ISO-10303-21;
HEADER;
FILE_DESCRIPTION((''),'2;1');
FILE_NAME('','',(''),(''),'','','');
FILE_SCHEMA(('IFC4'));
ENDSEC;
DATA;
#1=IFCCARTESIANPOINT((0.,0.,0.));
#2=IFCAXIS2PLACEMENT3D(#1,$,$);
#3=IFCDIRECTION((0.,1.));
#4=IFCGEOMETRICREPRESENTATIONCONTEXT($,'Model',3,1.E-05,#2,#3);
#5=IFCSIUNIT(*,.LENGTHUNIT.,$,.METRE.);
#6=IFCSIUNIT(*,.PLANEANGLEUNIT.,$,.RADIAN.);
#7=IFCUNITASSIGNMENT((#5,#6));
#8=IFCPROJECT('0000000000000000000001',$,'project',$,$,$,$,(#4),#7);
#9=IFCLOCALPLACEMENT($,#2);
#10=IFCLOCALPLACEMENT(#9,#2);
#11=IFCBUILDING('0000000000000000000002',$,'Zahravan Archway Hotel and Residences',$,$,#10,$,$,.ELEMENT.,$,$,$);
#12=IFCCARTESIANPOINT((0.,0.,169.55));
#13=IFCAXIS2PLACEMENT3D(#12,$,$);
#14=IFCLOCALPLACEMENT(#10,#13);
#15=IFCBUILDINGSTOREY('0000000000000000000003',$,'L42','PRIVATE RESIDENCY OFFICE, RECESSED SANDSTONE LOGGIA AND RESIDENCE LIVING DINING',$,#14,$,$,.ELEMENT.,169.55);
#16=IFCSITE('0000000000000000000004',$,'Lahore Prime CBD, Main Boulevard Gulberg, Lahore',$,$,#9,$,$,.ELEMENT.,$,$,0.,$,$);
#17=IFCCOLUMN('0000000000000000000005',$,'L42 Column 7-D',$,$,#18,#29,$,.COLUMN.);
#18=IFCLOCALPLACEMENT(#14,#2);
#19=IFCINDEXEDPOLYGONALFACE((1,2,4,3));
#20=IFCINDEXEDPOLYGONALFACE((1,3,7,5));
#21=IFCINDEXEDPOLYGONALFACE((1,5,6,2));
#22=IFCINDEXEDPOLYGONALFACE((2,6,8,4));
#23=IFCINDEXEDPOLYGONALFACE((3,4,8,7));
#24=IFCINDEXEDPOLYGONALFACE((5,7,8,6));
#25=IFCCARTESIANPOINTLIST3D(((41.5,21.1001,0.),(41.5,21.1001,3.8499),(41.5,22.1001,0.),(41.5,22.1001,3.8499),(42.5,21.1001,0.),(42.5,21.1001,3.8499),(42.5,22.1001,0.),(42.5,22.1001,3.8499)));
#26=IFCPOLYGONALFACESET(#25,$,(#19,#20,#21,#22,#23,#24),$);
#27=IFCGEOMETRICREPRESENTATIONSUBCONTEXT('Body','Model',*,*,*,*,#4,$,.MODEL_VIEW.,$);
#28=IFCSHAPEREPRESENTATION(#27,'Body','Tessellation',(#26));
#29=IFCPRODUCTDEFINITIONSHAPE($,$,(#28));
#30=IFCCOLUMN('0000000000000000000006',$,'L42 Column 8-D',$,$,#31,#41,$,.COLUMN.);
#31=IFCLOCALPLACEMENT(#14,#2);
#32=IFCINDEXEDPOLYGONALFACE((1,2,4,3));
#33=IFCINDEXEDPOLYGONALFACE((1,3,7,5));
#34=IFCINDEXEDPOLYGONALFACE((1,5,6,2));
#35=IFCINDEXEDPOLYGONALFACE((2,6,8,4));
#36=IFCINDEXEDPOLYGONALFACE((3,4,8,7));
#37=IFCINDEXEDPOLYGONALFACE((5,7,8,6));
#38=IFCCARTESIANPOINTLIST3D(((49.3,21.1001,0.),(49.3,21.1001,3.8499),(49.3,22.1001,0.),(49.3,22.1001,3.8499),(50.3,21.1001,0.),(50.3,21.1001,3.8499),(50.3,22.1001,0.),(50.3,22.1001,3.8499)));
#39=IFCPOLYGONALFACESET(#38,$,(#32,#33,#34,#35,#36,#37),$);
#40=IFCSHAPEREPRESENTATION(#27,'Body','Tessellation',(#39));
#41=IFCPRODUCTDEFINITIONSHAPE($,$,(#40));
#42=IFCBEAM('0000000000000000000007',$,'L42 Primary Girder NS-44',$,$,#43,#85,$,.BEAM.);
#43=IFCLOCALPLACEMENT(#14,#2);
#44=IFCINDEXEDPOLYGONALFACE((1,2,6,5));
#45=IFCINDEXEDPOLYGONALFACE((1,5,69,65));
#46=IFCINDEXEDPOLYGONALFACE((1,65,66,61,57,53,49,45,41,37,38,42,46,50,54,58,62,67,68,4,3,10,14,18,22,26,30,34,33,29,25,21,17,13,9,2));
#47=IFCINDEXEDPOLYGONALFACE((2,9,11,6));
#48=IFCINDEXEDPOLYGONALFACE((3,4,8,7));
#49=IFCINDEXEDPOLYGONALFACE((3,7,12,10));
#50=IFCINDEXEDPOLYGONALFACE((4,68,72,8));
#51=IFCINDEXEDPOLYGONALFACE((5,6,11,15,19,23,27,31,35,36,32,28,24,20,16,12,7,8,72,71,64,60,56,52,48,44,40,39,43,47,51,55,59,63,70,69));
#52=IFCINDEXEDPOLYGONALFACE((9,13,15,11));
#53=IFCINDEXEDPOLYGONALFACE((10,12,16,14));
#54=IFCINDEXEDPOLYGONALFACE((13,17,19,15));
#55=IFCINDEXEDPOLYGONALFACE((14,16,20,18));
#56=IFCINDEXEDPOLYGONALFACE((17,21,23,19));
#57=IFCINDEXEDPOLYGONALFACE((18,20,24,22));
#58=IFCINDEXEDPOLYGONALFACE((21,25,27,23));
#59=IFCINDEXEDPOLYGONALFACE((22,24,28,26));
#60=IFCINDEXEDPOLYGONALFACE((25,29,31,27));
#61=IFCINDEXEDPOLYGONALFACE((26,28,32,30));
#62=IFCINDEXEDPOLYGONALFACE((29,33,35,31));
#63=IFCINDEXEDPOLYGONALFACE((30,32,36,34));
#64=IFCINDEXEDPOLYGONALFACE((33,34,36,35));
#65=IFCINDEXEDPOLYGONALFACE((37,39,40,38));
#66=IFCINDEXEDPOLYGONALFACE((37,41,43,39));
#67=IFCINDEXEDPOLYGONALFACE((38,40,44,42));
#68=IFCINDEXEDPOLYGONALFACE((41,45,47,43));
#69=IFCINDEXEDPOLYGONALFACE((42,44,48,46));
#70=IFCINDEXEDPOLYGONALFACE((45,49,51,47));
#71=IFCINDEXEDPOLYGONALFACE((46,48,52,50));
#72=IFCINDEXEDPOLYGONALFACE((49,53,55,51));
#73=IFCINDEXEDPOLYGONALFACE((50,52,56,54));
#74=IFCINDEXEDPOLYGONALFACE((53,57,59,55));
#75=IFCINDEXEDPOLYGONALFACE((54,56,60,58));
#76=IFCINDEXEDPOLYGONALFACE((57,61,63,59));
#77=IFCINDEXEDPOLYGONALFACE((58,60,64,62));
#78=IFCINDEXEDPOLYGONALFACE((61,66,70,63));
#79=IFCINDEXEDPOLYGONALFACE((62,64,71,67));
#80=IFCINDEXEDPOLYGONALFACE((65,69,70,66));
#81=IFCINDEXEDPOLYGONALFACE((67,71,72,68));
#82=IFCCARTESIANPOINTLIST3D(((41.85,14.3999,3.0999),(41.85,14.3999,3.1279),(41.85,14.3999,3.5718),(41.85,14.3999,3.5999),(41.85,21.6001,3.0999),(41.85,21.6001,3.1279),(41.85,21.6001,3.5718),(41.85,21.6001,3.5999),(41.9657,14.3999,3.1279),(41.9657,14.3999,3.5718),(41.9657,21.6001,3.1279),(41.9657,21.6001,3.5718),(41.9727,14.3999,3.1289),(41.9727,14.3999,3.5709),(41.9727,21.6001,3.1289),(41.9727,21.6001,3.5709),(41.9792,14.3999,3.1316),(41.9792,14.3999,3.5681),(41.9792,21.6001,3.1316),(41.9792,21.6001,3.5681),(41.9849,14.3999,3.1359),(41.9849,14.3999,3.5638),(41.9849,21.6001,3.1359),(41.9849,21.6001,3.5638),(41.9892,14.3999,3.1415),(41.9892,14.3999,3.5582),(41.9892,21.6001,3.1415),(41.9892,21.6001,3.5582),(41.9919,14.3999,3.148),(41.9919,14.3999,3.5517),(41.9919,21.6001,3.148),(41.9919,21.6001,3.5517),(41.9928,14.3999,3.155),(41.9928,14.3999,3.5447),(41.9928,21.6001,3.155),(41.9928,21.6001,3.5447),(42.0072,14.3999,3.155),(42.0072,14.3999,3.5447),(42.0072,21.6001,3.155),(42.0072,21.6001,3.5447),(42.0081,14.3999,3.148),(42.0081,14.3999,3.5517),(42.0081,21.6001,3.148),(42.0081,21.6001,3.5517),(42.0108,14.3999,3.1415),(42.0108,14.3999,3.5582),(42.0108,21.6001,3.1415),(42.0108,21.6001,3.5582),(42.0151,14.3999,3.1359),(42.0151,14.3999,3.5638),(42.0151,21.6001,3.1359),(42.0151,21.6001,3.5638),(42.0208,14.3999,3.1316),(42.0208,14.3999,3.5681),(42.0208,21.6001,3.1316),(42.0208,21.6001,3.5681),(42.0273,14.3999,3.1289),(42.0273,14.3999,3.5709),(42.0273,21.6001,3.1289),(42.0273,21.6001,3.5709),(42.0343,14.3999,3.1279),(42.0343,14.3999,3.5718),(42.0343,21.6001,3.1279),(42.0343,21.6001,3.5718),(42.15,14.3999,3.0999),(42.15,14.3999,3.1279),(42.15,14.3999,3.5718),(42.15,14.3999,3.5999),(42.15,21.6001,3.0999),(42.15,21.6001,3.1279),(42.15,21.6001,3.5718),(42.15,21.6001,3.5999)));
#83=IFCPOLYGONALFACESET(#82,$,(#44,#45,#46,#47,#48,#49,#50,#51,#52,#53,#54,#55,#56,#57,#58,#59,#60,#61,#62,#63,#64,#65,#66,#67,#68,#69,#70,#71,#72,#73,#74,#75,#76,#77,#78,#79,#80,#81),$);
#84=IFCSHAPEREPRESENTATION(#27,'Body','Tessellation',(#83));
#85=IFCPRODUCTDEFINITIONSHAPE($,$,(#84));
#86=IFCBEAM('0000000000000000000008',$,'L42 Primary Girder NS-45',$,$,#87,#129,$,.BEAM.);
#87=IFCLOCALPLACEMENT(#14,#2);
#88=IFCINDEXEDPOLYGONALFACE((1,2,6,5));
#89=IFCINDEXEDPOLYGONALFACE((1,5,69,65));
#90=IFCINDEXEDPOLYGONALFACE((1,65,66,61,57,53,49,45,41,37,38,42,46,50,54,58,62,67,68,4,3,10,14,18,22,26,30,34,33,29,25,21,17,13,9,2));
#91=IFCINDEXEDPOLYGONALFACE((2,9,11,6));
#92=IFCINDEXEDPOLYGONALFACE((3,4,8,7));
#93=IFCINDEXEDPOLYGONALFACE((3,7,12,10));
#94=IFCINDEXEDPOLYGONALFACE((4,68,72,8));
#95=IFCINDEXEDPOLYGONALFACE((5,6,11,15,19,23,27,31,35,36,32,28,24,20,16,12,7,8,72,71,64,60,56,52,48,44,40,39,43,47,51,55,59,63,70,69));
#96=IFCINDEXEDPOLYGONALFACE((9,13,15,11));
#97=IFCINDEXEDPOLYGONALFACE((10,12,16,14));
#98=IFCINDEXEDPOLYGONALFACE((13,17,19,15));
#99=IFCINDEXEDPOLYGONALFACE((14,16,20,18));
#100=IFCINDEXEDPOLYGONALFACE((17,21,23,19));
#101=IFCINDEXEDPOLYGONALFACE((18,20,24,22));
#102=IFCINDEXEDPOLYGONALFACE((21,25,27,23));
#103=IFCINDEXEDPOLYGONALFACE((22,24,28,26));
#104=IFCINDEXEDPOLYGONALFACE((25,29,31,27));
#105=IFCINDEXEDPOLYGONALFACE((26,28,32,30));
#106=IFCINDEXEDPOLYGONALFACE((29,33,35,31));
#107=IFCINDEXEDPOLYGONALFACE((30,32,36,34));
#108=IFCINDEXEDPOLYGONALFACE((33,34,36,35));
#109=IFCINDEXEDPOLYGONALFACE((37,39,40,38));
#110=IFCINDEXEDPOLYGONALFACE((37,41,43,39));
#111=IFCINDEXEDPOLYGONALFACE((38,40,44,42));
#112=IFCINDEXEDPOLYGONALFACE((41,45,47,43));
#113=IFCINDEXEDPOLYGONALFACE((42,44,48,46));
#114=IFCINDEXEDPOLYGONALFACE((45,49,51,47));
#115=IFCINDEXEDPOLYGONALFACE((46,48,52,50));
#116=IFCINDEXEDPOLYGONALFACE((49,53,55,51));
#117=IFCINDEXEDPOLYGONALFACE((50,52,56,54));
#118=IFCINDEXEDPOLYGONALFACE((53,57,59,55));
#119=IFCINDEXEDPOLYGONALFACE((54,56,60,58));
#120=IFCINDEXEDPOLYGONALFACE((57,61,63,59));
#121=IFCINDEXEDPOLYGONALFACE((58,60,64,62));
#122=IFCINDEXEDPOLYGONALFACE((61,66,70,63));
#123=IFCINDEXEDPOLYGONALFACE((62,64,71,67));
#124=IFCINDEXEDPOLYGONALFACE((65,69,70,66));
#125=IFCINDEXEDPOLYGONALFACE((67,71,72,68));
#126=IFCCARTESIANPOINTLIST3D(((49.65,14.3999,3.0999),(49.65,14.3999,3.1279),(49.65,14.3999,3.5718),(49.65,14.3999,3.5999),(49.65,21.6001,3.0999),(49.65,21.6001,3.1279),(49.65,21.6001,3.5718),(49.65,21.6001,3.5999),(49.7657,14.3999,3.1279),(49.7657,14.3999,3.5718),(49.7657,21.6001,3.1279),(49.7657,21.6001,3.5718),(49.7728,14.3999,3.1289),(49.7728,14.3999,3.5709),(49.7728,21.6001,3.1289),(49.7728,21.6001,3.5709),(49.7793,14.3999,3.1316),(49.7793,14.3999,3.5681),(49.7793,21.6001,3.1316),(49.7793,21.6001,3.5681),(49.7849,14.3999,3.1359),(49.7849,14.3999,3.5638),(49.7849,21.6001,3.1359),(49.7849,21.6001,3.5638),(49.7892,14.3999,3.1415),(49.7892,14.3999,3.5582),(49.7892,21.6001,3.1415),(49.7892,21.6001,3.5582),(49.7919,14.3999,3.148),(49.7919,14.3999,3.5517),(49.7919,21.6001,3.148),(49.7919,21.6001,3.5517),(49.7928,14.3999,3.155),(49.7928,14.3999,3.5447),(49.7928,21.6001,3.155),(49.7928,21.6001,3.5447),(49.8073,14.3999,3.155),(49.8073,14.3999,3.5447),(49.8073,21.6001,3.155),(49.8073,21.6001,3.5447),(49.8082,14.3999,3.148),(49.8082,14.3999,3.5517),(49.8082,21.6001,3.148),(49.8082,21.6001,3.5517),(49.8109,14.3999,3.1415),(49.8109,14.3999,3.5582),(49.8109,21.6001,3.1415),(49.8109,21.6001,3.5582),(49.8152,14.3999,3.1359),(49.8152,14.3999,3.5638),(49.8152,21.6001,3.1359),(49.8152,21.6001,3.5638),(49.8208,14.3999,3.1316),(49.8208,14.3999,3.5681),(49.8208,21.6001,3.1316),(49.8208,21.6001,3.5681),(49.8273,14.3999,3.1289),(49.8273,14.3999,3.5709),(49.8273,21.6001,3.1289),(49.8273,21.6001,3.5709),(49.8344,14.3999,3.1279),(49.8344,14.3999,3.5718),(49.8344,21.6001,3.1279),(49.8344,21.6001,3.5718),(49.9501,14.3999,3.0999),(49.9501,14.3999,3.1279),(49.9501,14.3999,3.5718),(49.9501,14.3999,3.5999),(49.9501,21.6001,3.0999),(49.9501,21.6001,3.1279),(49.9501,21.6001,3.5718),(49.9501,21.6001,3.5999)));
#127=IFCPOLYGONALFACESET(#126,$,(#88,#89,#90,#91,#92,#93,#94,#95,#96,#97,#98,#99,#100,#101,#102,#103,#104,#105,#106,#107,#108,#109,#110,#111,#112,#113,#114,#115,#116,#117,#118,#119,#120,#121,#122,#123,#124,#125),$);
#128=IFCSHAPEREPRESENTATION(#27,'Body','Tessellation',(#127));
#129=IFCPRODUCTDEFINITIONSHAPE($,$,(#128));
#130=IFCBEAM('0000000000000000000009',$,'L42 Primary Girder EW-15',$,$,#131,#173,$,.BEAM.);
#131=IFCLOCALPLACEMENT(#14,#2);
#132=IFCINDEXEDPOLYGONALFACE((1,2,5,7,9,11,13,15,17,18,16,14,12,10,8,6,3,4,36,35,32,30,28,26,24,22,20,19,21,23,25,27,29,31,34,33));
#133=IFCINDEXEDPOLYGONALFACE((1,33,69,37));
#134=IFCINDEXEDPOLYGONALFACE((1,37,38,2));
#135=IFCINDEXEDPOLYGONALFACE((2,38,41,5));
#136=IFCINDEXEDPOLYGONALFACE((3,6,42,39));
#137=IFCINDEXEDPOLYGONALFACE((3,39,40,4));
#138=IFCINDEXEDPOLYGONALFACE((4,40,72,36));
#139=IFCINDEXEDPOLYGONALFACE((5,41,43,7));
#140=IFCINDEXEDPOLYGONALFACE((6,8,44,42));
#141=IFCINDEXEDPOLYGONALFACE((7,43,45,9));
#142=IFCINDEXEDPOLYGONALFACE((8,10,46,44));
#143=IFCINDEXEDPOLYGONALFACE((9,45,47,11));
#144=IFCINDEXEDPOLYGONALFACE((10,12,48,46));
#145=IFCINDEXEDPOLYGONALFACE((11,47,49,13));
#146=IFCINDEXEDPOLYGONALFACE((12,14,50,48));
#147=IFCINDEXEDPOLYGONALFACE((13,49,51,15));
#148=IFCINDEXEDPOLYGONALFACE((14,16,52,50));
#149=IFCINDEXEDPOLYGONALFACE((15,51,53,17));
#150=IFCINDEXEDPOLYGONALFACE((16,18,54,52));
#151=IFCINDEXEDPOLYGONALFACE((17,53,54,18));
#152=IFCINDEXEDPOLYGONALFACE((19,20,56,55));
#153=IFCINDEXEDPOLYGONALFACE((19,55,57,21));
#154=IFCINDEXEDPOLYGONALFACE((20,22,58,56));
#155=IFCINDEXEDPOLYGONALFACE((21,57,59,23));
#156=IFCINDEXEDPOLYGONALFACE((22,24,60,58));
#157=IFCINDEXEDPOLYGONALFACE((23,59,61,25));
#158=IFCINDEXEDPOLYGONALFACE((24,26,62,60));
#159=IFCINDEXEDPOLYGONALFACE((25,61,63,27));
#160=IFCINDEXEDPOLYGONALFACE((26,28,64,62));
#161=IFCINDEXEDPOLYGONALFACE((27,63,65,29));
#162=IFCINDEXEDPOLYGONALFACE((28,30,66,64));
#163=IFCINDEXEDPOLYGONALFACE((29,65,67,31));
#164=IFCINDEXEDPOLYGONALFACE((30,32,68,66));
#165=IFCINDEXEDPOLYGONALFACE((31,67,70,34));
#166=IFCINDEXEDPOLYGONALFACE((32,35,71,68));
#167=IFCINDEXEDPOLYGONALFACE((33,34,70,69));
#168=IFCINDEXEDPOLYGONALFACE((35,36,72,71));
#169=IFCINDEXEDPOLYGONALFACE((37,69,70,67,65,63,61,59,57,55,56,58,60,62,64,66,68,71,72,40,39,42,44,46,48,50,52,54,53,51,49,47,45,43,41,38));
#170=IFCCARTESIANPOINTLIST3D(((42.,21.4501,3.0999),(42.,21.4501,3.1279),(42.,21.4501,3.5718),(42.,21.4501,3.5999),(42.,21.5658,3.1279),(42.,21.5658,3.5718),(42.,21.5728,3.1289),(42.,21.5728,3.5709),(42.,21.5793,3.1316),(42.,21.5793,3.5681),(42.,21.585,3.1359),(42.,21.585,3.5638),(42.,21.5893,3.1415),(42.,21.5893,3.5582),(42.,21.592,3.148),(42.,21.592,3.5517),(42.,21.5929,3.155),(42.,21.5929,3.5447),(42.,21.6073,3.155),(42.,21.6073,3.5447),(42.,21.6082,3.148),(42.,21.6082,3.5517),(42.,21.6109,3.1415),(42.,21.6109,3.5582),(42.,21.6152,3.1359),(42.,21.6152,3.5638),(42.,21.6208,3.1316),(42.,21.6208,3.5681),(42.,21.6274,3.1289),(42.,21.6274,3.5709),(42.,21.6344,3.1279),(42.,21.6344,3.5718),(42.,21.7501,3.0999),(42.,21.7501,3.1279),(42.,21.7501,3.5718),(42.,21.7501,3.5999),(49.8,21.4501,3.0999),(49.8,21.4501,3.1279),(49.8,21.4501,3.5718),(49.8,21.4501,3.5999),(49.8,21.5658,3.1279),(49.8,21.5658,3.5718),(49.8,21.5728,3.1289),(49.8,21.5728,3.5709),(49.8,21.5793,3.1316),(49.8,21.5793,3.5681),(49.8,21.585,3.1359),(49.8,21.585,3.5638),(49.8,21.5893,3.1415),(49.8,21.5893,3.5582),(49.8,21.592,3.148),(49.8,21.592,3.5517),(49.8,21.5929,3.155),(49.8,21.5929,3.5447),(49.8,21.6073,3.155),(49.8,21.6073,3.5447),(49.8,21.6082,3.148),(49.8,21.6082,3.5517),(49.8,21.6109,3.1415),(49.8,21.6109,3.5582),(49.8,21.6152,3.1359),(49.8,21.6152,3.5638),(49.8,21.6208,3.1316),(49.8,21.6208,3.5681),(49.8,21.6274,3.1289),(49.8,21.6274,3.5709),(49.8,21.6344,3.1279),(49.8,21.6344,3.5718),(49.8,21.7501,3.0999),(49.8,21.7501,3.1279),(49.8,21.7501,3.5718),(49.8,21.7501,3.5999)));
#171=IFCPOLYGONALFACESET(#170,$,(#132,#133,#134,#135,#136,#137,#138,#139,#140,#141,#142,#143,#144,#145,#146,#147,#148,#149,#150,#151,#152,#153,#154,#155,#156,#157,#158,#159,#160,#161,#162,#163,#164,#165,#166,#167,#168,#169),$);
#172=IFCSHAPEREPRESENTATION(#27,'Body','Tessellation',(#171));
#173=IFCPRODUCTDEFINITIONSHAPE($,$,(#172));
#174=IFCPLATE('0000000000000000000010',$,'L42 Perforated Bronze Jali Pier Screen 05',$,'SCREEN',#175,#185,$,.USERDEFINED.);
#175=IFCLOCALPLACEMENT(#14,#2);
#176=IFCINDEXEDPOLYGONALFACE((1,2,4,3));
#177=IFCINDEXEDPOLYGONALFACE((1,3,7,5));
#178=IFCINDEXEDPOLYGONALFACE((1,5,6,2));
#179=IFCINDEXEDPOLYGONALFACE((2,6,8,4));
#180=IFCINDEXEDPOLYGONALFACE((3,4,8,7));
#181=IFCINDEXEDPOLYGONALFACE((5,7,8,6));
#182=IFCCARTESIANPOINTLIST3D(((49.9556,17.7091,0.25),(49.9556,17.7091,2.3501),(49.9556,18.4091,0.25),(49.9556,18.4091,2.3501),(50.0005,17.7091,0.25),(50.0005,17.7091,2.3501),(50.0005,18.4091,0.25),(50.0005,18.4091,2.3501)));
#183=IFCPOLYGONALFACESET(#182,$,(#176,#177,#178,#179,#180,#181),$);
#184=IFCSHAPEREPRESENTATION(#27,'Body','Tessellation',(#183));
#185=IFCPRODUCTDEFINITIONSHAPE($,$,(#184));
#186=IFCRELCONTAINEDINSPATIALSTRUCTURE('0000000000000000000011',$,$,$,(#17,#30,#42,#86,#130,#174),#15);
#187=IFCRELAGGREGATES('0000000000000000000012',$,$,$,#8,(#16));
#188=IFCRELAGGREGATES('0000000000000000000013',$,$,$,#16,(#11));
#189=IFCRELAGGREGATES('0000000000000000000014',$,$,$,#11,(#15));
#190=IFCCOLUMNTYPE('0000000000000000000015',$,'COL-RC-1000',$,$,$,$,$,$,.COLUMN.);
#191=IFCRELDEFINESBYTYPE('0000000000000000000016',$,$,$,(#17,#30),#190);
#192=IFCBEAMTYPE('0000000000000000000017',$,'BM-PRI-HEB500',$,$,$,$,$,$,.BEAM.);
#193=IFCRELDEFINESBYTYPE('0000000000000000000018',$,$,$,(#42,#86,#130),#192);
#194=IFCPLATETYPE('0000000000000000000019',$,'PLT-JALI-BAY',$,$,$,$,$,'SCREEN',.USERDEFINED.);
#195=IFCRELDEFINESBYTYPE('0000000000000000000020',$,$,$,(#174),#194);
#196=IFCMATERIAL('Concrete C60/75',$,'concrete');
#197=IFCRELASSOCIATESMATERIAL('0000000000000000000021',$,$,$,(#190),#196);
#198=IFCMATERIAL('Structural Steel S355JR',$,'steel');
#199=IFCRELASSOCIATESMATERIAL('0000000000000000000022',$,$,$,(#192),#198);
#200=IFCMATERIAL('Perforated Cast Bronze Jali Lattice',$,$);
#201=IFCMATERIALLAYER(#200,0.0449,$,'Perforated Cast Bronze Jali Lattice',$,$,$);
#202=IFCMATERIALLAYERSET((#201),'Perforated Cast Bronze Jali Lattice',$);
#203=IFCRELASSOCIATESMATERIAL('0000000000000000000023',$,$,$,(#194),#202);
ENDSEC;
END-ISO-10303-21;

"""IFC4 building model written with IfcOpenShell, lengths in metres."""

from ifc_helpers import new_model, si_unit, direction, frame, origin, origin_2d, place, context, subcontext, project, spatial, rectangle, i_section, extrude, source, transform, mapped, material, layer, layer_set, material_profile, profile_set, type_object, type_shapes, element, save


model = new_model("IFC4")

# Units and contexts
model_context = context("Model", 3, precision=1e-05, world=origin(), true_north=direction((0.0, 1.0)))
body_context = subcontext(model_context, "Body", "Model", "MODEL_VIEW")
ifc_project = project(units=[si_unit("LENGTHUNIT", "METRE"), si_unit("PLANEANGLEUNIT", "RADIAN")], contexts=[model_context])

# Site, building, storey
site_placement = place(None, origin())
site = spatial("IfcSite", under=ifc_project, at=site_placement, Name="Lahore Prime CBD, Main Boulevard Gulberg, Lahore", CompositionType="ELEMENT", RefElevation=0.0)
building_placement = place(site_placement, origin())
building = spatial("IfcBuilding", under=site, at=building_placement, Name="Zahravan Archway Hotel and Residences", CompositionType="ELEMENT")
storey_placement = place(building_placement, frame((0.0, 0.0, 169.55)))
storey = spatial("IfcBuildingStorey", under=building, at=storey_placement, Name="L42", Description="PRIVATE RESIDENCY OFFICE, RECESSED SANDSTONE LOGGIA AND RESIDENCE LIVING DINING", CompositionType="ELEMENT", Elevation=169.55)

# Columns
ifc_material_1 = material(Name="Concrete C60/75", Category="concrete")
ifc_material_profile_1 = material_profile(ifc_material_1, rectangle(XDim=1.0, YDim=1.0, at=origin_2d()), Name="RC-COL-1000x1000", Category="concrete")
ifc_profile_set_1 = profile_set([ifc_material_profile_1], Name="Concrete C60/75")
column_type = type_object("IfcColumnType", Name="COL-RC-1000", PredefinedType="COLUMN", material=ifc_profile_set_1)
shared_shape_1 = source(origin(), body_context, "Body", "SweptSolid", [
    extrude(rectangle(XDim=1.0, YDim=1.0, at=origin_2d()), origin(), (0.0, 0.0, 1.0), 3.8499),
])
for number, where, z_axis, x_axis, name in (
    (1, (42.0, 21.6001, 0.0), (0.0, 0.0, 1.0), (1.0, 0.0, 0.0), "L42 Column 7-D"),
    (2, (49.8, 21.6001, 0.0), (0.0, 0.0, 1.0), (1.0, 0.0, 0.0), "L42 Column 8-D"),
):
    element("IfcColumn", number, at=place(storey_placement, frame(where, z_axis=z_axis, x_axis=x_axis)), inside=storey, type_object=column_type, Name=name, PredefinedType="COLUMN", context=body_context, shape_type="MappedRepresentation", body=[
        mapped(shared_shape_1, transform((0.0, 0.0, 0.0), scale=1.0)),
    ])

# Beams
ifc_material_2 = material(Name="Structural Steel S355JR", Category="steel")
ifc_material_profile_2 = material_profile(ifc_material_2, i_section(OverallWidth=0.3, OverallDepth=0.5, WebThickness=0.0144, FlangeThickness=0.0281, FilletRadius=0.0271, at=origin_2d()), Name="HEB 500", Category="steel")
ifc_profile_set_2 = profile_set([ifc_material_profile_2], Name="Structural Steel S355JR")
beam_type = type_object("IfcBeamType", Name="BM-PRI-HEB500", PredefinedType="BEAM", material=ifc_profile_set_2)
shared_shape_2 = source(origin(), body_context, "Body", "SweptSolid", [
    extrude(i_section(OverallWidth=0.3, OverallDepth=0.5, WebThickness=0.0144, FlangeThickness=0.0281, FilletRadius=0.0271, at=origin_2d()), origin(), (0.0, 0.0, 1.0), 7.2002),
])
type_shapes(beam_type, [shared_shape_2])
for number, where, z_axis, x_axis, name in (
    (3, (42.0, 14.3999, 3.3499), (0.0, 1.0, 0.0), (-1.0, 0.0, 0.0), "L42 Primary Girder NS-44"),
    (4, (49.8, 14.3999, 3.3499), (0.0, 1.0, 0.0), (-1.0, 0.0, 0.0), "L42 Primary Girder NS-45"),
):
    element("IfcBeam", number, at=place(storey_placement, frame(where, z_axis=z_axis, x_axis=x_axis)), inside=storey, type_object=beam_type, Name=name, PredefinedType="BEAM", context=body_context, shape_type="MappedRepresentation", body=[
        mapped(shared_shape_2, transform((0.0, 0.0, 0.0), scale=1.0)),
    ])
shared_shape_3 = source(origin(), body_context, "Body", "SweptSolid", [
    extrude(i_section(OverallWidth=0.3, OverallDepth=0.5, WebThickness=0.0144, FlangeThickness=0.0281, FilletRadius=0.0271, at=origin_2d()), origin(), (0.0, 0.0, 1.0), 7.8),
])
beam_placement = place(storey_placement, frame((42.0, 21.6001, 3.3499), z_axis=(1.0, 0.0, 0.0), x_axis=(0.0, 1.0, 0.0)))
element("IfcBeam", 5, at=beam_placement, inside=storey, type_object=beam_type, Name="L42 Primary Girder EW-15", PredefinedType="BEAM", context=body_context, shape_type="MappedRepresentation", body=[
    mapped(shared_shape_3, transform((0.0, 0.0, 0.0), scale=1.0)),
])

# Plate
ifc_material_3 = material(Name="Perforated Cast Bronze Jali Lattice")
ifc_layer_1 = layer(ifc_material_3, 0.0449, Name="Perforated Cast Bronze Jali Lattice")
ifc_layer_set_1 = layer_set([ifc_layer_1], Name="Perforated Cast Bronze Jali Lattice")
plate_type = type_object("IfcPlateType", Name="PLT-JALI-BAY", ElementType="SCREEN", PredefinedType="USERDEFINED", material=ifc_layer_set_1)
shared_shape_4 = source(origin(), body_context, "Body", "SweptSolid", [
    extrude(rectangle(XDim=0.7, YDim=0.0449, at=origin_2d()), origin(), (0.0, 0.0, 1.0), 2.1001),
])
type_shapes(plate_type, [shared_shape_4])
plate_placement = place(storey_placement, frame((49.978, 18.0591, 0.25), z_axis=(0.0, 0.0, 1.0), x_axis=(0.0, 1.0, 0.0)))
element("IfcPlate", 6, at=plate_placement, inside=storey, type_object=plate_type, Name="L42 Perforated Bronze Jali Pier Screen 05", ObjectType="SCREEN", PredefinedType="USERDEFINED", context=body_context, shape_type="MappedRepresentation", body=[
    mapped(shared_shape_4, transform((0.0, 0.0, 0.0), scale=1.0)),
])

save(model, "model.ifc")
